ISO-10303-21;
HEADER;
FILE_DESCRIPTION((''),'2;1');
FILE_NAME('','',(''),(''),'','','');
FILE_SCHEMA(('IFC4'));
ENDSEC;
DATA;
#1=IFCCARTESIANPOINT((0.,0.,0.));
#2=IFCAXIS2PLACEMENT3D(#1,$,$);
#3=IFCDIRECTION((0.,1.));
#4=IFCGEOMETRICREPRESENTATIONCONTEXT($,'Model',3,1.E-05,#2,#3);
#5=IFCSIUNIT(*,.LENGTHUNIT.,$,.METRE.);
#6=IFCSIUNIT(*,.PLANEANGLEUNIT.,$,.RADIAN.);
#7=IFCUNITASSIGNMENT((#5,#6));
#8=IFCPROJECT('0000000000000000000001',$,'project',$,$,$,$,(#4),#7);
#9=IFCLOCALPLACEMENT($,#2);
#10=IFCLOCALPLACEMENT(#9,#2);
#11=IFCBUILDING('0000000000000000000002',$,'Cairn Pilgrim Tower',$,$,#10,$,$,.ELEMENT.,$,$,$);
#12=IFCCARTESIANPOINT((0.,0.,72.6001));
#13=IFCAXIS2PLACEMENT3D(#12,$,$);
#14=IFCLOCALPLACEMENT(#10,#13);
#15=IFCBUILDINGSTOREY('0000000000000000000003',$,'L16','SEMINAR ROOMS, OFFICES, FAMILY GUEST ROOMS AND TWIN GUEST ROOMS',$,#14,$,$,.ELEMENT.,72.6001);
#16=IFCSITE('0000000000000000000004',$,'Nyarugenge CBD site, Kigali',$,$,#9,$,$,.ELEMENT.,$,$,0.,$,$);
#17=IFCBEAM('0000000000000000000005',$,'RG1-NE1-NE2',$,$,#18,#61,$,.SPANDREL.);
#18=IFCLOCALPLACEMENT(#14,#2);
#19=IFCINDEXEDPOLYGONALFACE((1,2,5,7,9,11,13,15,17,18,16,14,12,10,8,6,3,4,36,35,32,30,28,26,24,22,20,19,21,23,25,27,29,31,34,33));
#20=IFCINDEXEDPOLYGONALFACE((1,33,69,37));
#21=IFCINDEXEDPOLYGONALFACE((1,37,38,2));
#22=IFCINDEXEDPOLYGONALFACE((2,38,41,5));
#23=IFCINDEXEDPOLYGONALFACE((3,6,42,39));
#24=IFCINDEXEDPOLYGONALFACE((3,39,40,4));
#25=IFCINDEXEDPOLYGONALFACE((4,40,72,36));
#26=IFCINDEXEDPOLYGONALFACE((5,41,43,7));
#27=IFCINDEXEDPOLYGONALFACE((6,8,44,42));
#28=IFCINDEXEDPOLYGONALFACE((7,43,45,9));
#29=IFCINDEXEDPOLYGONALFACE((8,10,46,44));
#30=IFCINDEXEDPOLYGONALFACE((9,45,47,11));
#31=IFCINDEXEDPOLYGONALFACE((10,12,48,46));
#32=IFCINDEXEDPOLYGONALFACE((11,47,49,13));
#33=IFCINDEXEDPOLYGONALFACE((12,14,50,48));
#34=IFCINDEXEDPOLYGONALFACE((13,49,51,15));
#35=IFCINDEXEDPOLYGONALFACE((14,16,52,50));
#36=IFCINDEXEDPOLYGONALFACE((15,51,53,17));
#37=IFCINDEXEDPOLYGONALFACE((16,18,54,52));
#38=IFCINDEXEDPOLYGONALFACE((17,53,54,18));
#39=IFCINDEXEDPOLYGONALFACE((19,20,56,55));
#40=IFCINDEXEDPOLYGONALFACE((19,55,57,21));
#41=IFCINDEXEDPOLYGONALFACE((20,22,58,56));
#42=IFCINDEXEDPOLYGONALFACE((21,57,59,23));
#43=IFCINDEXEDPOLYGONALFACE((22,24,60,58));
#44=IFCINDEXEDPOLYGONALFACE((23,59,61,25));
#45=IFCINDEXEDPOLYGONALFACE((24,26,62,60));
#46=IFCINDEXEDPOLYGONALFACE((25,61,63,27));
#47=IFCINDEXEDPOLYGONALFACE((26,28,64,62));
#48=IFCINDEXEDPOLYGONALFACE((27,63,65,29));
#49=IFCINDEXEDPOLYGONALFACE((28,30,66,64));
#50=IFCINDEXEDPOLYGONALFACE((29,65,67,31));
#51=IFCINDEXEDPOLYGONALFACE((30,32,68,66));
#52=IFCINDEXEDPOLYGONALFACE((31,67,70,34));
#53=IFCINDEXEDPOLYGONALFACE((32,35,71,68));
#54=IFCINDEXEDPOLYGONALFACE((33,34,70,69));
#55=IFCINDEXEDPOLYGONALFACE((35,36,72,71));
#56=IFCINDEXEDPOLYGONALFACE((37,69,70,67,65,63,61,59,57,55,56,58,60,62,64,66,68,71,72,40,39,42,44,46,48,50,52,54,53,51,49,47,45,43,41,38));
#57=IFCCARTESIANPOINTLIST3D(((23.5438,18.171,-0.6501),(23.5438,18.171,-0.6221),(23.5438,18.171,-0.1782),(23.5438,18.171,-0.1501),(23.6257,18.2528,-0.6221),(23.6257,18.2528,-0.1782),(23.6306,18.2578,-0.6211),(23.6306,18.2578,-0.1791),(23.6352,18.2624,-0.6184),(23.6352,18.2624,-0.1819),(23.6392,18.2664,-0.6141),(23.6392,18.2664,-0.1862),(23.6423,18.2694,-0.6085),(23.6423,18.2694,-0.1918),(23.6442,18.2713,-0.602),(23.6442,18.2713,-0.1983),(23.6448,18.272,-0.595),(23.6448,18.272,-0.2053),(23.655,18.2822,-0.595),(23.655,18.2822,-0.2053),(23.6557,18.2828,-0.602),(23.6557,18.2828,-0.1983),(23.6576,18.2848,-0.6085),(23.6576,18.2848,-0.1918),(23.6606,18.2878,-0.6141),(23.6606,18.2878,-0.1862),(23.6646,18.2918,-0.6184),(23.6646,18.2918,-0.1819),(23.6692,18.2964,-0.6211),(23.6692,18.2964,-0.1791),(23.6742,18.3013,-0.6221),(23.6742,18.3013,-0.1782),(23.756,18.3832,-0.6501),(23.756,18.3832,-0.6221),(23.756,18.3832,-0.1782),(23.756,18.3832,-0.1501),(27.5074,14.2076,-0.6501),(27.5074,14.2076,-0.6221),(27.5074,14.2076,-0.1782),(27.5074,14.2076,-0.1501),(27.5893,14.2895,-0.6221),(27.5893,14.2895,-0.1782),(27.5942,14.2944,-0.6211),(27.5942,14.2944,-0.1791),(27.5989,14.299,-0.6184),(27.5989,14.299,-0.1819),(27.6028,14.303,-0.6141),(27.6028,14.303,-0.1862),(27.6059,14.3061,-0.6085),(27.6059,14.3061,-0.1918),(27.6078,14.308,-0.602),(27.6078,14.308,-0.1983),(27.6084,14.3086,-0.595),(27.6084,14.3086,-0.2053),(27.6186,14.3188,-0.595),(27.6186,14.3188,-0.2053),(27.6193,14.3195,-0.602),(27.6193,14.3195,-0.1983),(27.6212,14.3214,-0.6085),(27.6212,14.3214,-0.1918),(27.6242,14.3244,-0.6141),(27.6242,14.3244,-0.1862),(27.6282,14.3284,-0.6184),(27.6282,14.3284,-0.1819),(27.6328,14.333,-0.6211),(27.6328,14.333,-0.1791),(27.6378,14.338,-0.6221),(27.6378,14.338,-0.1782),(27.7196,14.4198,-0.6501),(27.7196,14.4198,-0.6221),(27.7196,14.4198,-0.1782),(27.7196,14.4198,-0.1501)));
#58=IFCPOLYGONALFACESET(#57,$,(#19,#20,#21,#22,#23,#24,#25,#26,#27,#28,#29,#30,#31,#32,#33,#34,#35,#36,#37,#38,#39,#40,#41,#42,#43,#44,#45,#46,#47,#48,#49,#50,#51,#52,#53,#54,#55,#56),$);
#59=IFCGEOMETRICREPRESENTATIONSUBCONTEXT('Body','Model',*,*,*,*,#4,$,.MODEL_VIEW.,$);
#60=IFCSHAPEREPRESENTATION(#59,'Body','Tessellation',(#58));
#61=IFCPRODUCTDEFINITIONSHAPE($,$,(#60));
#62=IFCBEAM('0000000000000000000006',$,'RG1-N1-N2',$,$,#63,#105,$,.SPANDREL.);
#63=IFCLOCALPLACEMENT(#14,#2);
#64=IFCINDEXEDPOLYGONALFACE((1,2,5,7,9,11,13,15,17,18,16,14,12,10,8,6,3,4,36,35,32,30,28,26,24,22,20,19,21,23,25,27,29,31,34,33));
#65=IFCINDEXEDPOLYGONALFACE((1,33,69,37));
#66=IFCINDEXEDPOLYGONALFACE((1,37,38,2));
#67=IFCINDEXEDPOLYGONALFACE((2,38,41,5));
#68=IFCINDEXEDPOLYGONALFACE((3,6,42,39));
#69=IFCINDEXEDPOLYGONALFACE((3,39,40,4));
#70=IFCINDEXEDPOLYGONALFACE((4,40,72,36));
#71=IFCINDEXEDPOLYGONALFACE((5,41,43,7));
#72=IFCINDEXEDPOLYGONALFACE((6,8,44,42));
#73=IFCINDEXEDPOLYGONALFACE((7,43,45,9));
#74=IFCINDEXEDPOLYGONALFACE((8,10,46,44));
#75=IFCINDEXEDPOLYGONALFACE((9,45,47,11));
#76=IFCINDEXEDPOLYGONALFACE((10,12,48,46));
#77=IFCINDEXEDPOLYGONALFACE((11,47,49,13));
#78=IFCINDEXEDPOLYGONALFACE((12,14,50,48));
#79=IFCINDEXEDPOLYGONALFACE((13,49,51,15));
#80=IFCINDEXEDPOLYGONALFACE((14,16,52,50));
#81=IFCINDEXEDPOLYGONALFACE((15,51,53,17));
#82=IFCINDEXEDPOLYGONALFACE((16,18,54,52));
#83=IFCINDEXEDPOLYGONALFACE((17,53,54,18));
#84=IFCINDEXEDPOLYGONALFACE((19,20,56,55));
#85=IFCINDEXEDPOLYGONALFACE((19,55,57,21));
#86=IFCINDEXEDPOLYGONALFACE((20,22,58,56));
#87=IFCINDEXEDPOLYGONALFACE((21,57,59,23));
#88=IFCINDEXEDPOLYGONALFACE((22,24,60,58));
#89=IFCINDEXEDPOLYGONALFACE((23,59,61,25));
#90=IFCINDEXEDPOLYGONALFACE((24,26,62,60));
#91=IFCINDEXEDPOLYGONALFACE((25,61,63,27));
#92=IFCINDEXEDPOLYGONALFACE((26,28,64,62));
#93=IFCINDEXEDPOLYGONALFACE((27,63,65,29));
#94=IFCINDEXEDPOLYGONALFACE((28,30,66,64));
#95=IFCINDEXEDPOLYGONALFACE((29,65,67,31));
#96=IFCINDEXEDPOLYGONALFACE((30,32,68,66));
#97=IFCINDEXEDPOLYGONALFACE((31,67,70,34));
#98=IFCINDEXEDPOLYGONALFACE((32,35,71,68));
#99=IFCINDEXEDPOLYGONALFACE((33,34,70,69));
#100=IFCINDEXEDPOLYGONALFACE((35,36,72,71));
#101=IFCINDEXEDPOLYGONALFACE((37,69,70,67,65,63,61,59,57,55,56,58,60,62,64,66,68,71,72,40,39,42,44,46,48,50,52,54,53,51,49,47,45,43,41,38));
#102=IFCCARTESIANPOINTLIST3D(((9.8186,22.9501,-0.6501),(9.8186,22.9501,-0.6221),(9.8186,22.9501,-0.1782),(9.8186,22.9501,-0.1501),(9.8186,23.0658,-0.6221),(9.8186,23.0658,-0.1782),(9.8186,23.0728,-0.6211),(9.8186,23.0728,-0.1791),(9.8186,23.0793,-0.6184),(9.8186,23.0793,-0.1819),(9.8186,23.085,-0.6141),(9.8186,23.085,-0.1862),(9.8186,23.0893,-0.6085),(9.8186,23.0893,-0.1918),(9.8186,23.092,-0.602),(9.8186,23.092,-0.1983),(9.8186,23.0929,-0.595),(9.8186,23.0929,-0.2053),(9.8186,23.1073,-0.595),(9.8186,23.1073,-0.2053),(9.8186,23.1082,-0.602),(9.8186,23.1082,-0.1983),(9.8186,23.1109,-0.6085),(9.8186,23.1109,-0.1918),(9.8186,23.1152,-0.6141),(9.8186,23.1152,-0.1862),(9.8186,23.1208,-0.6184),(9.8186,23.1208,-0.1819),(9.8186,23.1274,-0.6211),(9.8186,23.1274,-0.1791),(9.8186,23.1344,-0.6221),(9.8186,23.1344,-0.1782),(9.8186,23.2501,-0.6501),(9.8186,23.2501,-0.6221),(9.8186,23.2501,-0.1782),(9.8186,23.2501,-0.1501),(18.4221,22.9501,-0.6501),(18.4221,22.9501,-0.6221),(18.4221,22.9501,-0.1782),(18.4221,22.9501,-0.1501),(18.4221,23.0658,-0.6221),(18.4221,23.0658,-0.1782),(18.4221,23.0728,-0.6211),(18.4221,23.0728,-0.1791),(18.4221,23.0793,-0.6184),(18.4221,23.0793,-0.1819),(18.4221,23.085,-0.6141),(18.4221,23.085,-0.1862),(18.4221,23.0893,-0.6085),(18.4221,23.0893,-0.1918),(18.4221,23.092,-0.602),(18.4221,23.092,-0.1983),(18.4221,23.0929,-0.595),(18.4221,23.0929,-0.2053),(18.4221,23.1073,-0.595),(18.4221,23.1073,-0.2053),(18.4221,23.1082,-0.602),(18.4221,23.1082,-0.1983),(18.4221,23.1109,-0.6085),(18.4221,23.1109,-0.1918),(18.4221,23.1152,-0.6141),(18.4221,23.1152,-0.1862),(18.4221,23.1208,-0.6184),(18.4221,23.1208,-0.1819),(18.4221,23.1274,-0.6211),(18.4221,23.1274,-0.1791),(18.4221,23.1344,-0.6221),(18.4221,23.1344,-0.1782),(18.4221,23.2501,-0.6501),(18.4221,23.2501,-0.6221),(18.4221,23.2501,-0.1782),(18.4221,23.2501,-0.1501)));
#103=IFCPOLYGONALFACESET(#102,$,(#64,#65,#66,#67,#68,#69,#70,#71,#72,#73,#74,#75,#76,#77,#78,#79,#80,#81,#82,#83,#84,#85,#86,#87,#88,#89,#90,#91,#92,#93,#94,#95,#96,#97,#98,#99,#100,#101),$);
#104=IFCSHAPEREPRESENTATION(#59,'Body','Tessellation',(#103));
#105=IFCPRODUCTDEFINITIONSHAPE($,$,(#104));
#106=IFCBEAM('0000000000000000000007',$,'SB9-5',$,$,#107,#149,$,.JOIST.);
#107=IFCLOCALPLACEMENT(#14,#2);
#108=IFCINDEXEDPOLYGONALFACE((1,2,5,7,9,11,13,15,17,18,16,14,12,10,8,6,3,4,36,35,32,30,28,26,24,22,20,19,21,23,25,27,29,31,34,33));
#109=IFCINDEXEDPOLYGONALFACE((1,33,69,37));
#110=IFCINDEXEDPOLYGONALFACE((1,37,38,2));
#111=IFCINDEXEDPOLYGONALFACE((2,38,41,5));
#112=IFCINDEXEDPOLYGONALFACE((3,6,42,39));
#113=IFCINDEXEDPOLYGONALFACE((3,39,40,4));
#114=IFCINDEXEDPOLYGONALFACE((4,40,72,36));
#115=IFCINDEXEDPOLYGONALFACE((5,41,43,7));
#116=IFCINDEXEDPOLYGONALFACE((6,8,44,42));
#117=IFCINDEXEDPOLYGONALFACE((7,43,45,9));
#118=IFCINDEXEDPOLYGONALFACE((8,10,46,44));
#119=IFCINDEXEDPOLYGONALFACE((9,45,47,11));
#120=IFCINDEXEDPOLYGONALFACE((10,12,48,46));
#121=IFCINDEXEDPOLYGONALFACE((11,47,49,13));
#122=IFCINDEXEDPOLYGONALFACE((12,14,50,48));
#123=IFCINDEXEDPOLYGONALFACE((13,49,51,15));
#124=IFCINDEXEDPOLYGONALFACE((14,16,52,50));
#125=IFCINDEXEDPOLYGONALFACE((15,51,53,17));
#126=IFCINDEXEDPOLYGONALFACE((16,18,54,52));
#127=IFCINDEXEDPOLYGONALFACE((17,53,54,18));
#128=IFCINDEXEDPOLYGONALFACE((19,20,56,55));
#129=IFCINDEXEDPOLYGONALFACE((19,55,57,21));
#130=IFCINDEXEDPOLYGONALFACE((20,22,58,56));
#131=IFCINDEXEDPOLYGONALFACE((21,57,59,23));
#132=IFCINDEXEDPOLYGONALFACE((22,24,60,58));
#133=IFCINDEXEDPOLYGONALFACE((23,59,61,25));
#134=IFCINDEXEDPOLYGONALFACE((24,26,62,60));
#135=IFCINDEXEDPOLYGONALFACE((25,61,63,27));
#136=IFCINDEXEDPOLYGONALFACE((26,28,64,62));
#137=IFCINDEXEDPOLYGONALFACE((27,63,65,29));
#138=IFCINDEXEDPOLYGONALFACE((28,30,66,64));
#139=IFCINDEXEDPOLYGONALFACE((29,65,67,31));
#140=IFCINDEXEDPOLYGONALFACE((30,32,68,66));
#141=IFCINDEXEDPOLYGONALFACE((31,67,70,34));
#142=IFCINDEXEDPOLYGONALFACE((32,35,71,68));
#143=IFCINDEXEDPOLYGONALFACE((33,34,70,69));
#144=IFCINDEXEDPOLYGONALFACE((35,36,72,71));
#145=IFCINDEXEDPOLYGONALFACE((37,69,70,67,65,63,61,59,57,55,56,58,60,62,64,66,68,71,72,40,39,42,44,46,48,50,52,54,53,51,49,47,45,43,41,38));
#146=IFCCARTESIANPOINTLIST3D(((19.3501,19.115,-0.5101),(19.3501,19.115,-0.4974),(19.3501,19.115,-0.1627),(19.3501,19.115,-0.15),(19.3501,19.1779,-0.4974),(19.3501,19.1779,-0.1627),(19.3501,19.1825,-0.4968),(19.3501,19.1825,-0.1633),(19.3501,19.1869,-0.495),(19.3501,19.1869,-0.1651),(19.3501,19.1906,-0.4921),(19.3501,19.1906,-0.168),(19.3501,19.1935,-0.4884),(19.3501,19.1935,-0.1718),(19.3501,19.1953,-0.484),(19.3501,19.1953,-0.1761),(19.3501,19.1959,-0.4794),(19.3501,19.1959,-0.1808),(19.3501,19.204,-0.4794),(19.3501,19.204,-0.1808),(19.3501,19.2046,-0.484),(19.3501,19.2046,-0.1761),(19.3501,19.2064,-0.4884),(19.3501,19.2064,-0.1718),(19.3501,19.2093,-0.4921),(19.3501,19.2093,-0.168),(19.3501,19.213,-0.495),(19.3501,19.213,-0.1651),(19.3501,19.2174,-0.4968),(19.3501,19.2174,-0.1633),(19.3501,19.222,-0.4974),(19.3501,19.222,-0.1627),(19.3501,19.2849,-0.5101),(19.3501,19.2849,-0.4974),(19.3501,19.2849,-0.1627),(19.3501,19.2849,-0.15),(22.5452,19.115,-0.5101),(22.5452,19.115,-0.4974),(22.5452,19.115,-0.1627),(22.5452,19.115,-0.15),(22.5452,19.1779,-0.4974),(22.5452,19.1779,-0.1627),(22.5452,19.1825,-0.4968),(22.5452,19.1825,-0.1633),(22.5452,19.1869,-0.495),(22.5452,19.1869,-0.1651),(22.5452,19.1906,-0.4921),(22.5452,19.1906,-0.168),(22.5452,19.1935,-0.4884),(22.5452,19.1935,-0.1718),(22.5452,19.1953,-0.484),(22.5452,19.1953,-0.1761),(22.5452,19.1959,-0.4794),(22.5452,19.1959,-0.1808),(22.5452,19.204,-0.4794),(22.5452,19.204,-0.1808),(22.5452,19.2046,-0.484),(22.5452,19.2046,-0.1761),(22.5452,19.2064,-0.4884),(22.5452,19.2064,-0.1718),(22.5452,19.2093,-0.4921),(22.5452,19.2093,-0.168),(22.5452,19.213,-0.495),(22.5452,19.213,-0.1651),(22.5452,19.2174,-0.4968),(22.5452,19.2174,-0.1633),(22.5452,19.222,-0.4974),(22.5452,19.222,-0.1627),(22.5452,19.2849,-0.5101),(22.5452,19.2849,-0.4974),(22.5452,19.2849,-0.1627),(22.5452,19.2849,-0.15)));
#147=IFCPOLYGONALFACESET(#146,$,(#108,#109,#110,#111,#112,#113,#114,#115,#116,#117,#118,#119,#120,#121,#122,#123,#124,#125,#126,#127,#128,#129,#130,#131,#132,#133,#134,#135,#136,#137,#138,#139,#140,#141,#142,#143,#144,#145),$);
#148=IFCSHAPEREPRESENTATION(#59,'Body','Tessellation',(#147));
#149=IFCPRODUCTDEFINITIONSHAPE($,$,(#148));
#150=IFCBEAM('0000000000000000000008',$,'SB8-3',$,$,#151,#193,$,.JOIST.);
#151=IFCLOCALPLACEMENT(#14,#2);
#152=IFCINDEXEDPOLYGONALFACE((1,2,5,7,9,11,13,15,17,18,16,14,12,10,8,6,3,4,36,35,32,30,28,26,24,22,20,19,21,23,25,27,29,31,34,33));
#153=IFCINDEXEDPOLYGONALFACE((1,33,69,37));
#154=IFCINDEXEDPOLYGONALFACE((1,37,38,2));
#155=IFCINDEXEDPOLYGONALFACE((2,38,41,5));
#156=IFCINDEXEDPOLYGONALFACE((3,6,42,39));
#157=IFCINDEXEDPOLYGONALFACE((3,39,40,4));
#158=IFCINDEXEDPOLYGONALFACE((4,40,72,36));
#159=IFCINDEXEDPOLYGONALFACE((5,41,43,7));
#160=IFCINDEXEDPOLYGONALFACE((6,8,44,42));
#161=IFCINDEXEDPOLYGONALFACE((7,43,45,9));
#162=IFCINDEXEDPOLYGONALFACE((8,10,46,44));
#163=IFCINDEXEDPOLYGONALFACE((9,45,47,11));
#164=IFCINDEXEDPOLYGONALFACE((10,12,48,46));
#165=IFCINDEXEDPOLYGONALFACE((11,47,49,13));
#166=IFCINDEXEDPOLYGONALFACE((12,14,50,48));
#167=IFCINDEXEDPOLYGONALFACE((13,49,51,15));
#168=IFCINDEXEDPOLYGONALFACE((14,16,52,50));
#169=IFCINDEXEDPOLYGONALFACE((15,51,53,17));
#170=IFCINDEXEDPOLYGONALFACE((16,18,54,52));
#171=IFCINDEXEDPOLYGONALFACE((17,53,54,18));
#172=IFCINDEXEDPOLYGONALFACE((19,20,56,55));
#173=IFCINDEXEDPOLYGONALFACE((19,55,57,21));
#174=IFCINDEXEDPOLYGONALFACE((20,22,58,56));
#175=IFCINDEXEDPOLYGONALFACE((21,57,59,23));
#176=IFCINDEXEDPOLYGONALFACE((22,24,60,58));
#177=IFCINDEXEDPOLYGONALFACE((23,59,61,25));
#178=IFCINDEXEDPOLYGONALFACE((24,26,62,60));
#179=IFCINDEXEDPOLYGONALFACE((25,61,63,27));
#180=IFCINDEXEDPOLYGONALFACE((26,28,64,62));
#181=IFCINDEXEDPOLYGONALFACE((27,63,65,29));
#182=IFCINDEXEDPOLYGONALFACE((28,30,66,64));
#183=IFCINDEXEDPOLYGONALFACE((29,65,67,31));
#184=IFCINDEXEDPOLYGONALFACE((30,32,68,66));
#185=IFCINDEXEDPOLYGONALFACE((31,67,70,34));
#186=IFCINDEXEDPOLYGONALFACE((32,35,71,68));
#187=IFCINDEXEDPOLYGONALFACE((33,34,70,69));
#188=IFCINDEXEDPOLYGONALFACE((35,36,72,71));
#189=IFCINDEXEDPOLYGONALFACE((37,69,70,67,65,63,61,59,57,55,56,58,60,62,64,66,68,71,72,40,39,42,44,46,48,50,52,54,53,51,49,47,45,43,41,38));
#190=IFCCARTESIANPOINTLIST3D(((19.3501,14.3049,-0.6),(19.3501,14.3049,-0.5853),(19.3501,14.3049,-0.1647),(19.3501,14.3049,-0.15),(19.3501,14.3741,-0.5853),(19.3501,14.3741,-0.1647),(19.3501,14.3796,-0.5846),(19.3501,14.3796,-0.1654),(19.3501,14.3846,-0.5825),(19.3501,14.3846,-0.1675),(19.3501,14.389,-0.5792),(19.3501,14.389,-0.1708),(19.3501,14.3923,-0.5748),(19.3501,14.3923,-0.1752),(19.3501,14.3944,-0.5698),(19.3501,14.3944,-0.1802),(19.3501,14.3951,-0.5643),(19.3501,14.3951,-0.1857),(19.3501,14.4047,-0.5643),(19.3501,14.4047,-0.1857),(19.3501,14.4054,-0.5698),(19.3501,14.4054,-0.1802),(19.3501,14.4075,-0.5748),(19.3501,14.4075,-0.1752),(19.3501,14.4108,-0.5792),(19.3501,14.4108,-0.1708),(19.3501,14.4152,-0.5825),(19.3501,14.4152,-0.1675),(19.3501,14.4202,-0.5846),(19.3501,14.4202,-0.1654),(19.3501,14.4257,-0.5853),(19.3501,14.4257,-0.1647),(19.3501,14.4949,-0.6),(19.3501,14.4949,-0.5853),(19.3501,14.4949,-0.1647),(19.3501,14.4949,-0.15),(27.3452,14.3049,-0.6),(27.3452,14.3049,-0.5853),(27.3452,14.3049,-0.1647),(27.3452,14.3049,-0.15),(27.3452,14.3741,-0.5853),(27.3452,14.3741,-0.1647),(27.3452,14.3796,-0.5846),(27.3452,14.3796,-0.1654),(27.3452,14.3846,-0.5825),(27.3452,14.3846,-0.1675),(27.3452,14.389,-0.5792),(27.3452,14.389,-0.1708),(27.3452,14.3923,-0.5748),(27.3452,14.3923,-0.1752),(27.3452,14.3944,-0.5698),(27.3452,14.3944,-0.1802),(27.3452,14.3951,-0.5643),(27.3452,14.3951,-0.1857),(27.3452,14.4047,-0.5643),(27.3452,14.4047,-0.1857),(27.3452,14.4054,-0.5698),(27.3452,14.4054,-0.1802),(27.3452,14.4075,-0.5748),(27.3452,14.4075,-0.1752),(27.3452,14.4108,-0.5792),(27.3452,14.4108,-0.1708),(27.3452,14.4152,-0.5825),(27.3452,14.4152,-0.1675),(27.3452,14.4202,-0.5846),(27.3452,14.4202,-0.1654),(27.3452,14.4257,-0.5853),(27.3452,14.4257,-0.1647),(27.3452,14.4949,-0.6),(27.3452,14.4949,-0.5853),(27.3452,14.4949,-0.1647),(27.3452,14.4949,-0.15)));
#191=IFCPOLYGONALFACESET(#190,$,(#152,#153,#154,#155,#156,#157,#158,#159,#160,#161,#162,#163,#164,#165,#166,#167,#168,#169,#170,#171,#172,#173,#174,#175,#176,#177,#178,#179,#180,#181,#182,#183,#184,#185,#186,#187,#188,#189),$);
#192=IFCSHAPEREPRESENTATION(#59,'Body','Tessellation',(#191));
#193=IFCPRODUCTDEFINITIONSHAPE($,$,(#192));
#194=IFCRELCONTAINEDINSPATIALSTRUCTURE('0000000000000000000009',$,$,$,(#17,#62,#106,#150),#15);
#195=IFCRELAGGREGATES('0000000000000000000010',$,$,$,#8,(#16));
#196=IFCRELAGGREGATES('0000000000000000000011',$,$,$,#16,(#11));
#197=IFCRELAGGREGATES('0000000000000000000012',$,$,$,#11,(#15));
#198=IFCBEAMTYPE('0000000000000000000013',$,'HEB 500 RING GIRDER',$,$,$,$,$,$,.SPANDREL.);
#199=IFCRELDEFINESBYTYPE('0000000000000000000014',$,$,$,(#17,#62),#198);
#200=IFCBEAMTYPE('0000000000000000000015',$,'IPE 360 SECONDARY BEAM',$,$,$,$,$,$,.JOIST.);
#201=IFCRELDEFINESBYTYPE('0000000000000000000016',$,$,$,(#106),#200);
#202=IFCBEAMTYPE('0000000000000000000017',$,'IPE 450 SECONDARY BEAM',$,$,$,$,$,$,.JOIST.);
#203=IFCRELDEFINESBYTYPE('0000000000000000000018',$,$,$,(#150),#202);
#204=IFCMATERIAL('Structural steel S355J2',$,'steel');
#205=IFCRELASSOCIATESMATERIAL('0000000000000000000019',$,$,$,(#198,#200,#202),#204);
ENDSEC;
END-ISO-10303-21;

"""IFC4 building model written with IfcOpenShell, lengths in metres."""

from ifc_helpers import new_model, si_unit, direction, frame, origin, origin_2d, place, context, subcontext, project, spatial, i_section, extrude, material, material_profile, profile_set, type_object, element, save


model = new_model("IFC4")

# Units and contexts
model_context = context("Model", 3, precision=1e-05, world=origin(), true_north=direction((0.0, 1.0)))
body_context = subcontext(model_context, "Body", "Model", "MODEL_VIEW")
ifc_project = project(units=[si_unit("LENGTHUNIT", "METRE"), si_unit("PLANEANGLEUNIT", "RADIAN")], contexts=[model_context])

# Site, building, storey
site_placement = place(None, origin())
site = spatial("IfcSite", under=ifc_project, at=site_placement, Name="Nyarugenge CBD site, Kigali", CompositionType="ELEMENT", RefElevation=0.0)
building_placement = place(site_placement, origin())
building = spatial("IfcBuilding", under=site, at=building_placement, Name="Cairn Pilgrim Tower", CompositionType="ELEMENT")
storey_placement = place(building_placement, frame((0.0, 0.0, 72.6001)))
storey = spatial("IfcBuildingStorey", under=building, at=storey_placement, Name="L16", Description="SEMINAR ROOMS, OFFICES, FAMILY GUEST ROOMS AND TWIN GUEST ROOMS", CompositionType="ELEMENT", Elevation=72.6001)

# Shared definitions
ifc_material_1 = material(Name="Structural steel S355J2", Category="steel")

# Beams
ifc_material_profile_1 = material_profile(ifc_material_1, i_section(OverallWidth=0.3, OverallDepth=0.5, WebThickness=0.0144, FlangeThickness=0.0281, FilletRadius=0.0271, at=origin_2d()), Name="HEB 500")
ifc_profile_set_1 = profile_set([ifc_material_profile_1], Name="Structural steel S355J2")
beam_type_1 = type_object("IfcBeamType", Name="HEB 500 RING GIRDER", PredefinedType="SPANDREL", material=ifc_profile_set_1)
beam_1_placement = place(storey_placement, frame((27.6135, 14.3137, -0.4001), z_axis=(-0.707129, 0.707085, 0.0), x_axis=(-0.707085, -0.707129, 0.0)))
element("IfcBeam", 1, at=beam_1_placement, inside=storey, type_object=beam_type_1, Name="RG1-NE1-NE2", PredefinedType="SPANDREL", context=body_context, shape_type="SweptSolid", body=[
    extrude(i_section(OverallWidth=0.3, OverallDepth=0.5, WebThickness=0.0144, FlangeThickness=0.0281, FilletRadius=0.0271, at=origin_2d()), origin(), (0.0, 0.0, 1.0), 5.6052),
])
beam_2_placement = place(storey_placement, frame((18.4221, 23.1001, -0.4001), z_axis=(-1.0, 0.0, 0.0), x_axis=(0.0, -1.0, 0.0)))
element("IfcBeam", 2, at=beam_2_placement, inside=storey, type_object=beam_type_1, Name="RG1-N1-N2", PredefinedType="SPANDREL", context=body_context, shape_type="SweptSolid", body=[
    extrude(i_section(OverallWidth=0.3, OverallDepth=0.5, WebThickness=0.0144, FlangeThickness=0.0281, FilletRadius=0.0271, at=origin_2d()), origin(), (0.0, 0.0, 1.0), 8.6035),
])
ifc_material_profile_2 = material_profile(ifc_material_1, i_section(OverallWidth=0.1699, OverallDepth=0.3601, WebThickness=0.0081, FlangeThickness=0.0127, FilletRadius=0.0181, at=origin_2d()), Name="IPE 360")
ifc_profile_set_2 = profile_set([ifc_material_profile_2], Name="Structural steel S355J2")
beam_type_2 = type_object("IfcBeamType", Name="IPE 360 SECONDARY BEAM", PredefinedType="JOIST", material=ifc_profile_set_2)
beam_3_placement = place(storey_placement, frame((19.3501, 19.2, -0.3301), z_axis=(1.0, 0.0, 0.0), x_axis=(0.0, 1.0, 0.0)))
element("IfcBeam", 3, at=beam_3_placement, inside=storey, type_object=beam_type_2, Name="SB9-5", PredefinedType="JOIST", context=body_context, shape_type="SweptSolid", body=[
    extrude(i_section(OverallWidth=0.1699, OverallDepth=0.3601, WebThickness=0.0081, FlangeThickness=0.0127, FilletRadius=0.0181, at=origin_2d()), origin(), (0.0, 0.0, 1.0), 3.1951),
])
ifc_material_profile_3 = material_profile(ifc_material_1, i_section(OverallWidth=0.1899, OverallDepth=0.45, WebThickness=0.0095, FlangeThickness=0.0146, FilletRadius=0.021, at=origin_2d()), Name="IPE 450")
ifc_profile_set_3 = profile_set([ifc_material_profile_3], Name="Structural steel S355J2")
beam_type_3 = type_object("IfcBeamType", Name="IPE 450 SECONDARY BEAM", PredefinedType="JOIST", material=ifc_profile_set_3)
beam_4_placement = place(storey_placement, frame((19.3501, 14.3999, -0.375), z_axis=(1.0, 0.0, 0.0), x_axis=(0.0, 1.0, 0.0)))
element("IfcBeam", 4, at=beam_4_placement, inside=storey, type_object=beam_type_3, Name="SB8-3", PredefinedType="JOIST", context=body_context, shape_type="SweptSolid", body=[
    extrude(i_section(OverallWidth=0.1899, OverallDepth=0.45, WebThickness=0.0095, FlangeThickness=0.0146, FilletRadius=0.021, at=origin_2d()), origin(), (0.0, 0.0, 1.0), 7.9951),
])

save(model, "model.ifc")
